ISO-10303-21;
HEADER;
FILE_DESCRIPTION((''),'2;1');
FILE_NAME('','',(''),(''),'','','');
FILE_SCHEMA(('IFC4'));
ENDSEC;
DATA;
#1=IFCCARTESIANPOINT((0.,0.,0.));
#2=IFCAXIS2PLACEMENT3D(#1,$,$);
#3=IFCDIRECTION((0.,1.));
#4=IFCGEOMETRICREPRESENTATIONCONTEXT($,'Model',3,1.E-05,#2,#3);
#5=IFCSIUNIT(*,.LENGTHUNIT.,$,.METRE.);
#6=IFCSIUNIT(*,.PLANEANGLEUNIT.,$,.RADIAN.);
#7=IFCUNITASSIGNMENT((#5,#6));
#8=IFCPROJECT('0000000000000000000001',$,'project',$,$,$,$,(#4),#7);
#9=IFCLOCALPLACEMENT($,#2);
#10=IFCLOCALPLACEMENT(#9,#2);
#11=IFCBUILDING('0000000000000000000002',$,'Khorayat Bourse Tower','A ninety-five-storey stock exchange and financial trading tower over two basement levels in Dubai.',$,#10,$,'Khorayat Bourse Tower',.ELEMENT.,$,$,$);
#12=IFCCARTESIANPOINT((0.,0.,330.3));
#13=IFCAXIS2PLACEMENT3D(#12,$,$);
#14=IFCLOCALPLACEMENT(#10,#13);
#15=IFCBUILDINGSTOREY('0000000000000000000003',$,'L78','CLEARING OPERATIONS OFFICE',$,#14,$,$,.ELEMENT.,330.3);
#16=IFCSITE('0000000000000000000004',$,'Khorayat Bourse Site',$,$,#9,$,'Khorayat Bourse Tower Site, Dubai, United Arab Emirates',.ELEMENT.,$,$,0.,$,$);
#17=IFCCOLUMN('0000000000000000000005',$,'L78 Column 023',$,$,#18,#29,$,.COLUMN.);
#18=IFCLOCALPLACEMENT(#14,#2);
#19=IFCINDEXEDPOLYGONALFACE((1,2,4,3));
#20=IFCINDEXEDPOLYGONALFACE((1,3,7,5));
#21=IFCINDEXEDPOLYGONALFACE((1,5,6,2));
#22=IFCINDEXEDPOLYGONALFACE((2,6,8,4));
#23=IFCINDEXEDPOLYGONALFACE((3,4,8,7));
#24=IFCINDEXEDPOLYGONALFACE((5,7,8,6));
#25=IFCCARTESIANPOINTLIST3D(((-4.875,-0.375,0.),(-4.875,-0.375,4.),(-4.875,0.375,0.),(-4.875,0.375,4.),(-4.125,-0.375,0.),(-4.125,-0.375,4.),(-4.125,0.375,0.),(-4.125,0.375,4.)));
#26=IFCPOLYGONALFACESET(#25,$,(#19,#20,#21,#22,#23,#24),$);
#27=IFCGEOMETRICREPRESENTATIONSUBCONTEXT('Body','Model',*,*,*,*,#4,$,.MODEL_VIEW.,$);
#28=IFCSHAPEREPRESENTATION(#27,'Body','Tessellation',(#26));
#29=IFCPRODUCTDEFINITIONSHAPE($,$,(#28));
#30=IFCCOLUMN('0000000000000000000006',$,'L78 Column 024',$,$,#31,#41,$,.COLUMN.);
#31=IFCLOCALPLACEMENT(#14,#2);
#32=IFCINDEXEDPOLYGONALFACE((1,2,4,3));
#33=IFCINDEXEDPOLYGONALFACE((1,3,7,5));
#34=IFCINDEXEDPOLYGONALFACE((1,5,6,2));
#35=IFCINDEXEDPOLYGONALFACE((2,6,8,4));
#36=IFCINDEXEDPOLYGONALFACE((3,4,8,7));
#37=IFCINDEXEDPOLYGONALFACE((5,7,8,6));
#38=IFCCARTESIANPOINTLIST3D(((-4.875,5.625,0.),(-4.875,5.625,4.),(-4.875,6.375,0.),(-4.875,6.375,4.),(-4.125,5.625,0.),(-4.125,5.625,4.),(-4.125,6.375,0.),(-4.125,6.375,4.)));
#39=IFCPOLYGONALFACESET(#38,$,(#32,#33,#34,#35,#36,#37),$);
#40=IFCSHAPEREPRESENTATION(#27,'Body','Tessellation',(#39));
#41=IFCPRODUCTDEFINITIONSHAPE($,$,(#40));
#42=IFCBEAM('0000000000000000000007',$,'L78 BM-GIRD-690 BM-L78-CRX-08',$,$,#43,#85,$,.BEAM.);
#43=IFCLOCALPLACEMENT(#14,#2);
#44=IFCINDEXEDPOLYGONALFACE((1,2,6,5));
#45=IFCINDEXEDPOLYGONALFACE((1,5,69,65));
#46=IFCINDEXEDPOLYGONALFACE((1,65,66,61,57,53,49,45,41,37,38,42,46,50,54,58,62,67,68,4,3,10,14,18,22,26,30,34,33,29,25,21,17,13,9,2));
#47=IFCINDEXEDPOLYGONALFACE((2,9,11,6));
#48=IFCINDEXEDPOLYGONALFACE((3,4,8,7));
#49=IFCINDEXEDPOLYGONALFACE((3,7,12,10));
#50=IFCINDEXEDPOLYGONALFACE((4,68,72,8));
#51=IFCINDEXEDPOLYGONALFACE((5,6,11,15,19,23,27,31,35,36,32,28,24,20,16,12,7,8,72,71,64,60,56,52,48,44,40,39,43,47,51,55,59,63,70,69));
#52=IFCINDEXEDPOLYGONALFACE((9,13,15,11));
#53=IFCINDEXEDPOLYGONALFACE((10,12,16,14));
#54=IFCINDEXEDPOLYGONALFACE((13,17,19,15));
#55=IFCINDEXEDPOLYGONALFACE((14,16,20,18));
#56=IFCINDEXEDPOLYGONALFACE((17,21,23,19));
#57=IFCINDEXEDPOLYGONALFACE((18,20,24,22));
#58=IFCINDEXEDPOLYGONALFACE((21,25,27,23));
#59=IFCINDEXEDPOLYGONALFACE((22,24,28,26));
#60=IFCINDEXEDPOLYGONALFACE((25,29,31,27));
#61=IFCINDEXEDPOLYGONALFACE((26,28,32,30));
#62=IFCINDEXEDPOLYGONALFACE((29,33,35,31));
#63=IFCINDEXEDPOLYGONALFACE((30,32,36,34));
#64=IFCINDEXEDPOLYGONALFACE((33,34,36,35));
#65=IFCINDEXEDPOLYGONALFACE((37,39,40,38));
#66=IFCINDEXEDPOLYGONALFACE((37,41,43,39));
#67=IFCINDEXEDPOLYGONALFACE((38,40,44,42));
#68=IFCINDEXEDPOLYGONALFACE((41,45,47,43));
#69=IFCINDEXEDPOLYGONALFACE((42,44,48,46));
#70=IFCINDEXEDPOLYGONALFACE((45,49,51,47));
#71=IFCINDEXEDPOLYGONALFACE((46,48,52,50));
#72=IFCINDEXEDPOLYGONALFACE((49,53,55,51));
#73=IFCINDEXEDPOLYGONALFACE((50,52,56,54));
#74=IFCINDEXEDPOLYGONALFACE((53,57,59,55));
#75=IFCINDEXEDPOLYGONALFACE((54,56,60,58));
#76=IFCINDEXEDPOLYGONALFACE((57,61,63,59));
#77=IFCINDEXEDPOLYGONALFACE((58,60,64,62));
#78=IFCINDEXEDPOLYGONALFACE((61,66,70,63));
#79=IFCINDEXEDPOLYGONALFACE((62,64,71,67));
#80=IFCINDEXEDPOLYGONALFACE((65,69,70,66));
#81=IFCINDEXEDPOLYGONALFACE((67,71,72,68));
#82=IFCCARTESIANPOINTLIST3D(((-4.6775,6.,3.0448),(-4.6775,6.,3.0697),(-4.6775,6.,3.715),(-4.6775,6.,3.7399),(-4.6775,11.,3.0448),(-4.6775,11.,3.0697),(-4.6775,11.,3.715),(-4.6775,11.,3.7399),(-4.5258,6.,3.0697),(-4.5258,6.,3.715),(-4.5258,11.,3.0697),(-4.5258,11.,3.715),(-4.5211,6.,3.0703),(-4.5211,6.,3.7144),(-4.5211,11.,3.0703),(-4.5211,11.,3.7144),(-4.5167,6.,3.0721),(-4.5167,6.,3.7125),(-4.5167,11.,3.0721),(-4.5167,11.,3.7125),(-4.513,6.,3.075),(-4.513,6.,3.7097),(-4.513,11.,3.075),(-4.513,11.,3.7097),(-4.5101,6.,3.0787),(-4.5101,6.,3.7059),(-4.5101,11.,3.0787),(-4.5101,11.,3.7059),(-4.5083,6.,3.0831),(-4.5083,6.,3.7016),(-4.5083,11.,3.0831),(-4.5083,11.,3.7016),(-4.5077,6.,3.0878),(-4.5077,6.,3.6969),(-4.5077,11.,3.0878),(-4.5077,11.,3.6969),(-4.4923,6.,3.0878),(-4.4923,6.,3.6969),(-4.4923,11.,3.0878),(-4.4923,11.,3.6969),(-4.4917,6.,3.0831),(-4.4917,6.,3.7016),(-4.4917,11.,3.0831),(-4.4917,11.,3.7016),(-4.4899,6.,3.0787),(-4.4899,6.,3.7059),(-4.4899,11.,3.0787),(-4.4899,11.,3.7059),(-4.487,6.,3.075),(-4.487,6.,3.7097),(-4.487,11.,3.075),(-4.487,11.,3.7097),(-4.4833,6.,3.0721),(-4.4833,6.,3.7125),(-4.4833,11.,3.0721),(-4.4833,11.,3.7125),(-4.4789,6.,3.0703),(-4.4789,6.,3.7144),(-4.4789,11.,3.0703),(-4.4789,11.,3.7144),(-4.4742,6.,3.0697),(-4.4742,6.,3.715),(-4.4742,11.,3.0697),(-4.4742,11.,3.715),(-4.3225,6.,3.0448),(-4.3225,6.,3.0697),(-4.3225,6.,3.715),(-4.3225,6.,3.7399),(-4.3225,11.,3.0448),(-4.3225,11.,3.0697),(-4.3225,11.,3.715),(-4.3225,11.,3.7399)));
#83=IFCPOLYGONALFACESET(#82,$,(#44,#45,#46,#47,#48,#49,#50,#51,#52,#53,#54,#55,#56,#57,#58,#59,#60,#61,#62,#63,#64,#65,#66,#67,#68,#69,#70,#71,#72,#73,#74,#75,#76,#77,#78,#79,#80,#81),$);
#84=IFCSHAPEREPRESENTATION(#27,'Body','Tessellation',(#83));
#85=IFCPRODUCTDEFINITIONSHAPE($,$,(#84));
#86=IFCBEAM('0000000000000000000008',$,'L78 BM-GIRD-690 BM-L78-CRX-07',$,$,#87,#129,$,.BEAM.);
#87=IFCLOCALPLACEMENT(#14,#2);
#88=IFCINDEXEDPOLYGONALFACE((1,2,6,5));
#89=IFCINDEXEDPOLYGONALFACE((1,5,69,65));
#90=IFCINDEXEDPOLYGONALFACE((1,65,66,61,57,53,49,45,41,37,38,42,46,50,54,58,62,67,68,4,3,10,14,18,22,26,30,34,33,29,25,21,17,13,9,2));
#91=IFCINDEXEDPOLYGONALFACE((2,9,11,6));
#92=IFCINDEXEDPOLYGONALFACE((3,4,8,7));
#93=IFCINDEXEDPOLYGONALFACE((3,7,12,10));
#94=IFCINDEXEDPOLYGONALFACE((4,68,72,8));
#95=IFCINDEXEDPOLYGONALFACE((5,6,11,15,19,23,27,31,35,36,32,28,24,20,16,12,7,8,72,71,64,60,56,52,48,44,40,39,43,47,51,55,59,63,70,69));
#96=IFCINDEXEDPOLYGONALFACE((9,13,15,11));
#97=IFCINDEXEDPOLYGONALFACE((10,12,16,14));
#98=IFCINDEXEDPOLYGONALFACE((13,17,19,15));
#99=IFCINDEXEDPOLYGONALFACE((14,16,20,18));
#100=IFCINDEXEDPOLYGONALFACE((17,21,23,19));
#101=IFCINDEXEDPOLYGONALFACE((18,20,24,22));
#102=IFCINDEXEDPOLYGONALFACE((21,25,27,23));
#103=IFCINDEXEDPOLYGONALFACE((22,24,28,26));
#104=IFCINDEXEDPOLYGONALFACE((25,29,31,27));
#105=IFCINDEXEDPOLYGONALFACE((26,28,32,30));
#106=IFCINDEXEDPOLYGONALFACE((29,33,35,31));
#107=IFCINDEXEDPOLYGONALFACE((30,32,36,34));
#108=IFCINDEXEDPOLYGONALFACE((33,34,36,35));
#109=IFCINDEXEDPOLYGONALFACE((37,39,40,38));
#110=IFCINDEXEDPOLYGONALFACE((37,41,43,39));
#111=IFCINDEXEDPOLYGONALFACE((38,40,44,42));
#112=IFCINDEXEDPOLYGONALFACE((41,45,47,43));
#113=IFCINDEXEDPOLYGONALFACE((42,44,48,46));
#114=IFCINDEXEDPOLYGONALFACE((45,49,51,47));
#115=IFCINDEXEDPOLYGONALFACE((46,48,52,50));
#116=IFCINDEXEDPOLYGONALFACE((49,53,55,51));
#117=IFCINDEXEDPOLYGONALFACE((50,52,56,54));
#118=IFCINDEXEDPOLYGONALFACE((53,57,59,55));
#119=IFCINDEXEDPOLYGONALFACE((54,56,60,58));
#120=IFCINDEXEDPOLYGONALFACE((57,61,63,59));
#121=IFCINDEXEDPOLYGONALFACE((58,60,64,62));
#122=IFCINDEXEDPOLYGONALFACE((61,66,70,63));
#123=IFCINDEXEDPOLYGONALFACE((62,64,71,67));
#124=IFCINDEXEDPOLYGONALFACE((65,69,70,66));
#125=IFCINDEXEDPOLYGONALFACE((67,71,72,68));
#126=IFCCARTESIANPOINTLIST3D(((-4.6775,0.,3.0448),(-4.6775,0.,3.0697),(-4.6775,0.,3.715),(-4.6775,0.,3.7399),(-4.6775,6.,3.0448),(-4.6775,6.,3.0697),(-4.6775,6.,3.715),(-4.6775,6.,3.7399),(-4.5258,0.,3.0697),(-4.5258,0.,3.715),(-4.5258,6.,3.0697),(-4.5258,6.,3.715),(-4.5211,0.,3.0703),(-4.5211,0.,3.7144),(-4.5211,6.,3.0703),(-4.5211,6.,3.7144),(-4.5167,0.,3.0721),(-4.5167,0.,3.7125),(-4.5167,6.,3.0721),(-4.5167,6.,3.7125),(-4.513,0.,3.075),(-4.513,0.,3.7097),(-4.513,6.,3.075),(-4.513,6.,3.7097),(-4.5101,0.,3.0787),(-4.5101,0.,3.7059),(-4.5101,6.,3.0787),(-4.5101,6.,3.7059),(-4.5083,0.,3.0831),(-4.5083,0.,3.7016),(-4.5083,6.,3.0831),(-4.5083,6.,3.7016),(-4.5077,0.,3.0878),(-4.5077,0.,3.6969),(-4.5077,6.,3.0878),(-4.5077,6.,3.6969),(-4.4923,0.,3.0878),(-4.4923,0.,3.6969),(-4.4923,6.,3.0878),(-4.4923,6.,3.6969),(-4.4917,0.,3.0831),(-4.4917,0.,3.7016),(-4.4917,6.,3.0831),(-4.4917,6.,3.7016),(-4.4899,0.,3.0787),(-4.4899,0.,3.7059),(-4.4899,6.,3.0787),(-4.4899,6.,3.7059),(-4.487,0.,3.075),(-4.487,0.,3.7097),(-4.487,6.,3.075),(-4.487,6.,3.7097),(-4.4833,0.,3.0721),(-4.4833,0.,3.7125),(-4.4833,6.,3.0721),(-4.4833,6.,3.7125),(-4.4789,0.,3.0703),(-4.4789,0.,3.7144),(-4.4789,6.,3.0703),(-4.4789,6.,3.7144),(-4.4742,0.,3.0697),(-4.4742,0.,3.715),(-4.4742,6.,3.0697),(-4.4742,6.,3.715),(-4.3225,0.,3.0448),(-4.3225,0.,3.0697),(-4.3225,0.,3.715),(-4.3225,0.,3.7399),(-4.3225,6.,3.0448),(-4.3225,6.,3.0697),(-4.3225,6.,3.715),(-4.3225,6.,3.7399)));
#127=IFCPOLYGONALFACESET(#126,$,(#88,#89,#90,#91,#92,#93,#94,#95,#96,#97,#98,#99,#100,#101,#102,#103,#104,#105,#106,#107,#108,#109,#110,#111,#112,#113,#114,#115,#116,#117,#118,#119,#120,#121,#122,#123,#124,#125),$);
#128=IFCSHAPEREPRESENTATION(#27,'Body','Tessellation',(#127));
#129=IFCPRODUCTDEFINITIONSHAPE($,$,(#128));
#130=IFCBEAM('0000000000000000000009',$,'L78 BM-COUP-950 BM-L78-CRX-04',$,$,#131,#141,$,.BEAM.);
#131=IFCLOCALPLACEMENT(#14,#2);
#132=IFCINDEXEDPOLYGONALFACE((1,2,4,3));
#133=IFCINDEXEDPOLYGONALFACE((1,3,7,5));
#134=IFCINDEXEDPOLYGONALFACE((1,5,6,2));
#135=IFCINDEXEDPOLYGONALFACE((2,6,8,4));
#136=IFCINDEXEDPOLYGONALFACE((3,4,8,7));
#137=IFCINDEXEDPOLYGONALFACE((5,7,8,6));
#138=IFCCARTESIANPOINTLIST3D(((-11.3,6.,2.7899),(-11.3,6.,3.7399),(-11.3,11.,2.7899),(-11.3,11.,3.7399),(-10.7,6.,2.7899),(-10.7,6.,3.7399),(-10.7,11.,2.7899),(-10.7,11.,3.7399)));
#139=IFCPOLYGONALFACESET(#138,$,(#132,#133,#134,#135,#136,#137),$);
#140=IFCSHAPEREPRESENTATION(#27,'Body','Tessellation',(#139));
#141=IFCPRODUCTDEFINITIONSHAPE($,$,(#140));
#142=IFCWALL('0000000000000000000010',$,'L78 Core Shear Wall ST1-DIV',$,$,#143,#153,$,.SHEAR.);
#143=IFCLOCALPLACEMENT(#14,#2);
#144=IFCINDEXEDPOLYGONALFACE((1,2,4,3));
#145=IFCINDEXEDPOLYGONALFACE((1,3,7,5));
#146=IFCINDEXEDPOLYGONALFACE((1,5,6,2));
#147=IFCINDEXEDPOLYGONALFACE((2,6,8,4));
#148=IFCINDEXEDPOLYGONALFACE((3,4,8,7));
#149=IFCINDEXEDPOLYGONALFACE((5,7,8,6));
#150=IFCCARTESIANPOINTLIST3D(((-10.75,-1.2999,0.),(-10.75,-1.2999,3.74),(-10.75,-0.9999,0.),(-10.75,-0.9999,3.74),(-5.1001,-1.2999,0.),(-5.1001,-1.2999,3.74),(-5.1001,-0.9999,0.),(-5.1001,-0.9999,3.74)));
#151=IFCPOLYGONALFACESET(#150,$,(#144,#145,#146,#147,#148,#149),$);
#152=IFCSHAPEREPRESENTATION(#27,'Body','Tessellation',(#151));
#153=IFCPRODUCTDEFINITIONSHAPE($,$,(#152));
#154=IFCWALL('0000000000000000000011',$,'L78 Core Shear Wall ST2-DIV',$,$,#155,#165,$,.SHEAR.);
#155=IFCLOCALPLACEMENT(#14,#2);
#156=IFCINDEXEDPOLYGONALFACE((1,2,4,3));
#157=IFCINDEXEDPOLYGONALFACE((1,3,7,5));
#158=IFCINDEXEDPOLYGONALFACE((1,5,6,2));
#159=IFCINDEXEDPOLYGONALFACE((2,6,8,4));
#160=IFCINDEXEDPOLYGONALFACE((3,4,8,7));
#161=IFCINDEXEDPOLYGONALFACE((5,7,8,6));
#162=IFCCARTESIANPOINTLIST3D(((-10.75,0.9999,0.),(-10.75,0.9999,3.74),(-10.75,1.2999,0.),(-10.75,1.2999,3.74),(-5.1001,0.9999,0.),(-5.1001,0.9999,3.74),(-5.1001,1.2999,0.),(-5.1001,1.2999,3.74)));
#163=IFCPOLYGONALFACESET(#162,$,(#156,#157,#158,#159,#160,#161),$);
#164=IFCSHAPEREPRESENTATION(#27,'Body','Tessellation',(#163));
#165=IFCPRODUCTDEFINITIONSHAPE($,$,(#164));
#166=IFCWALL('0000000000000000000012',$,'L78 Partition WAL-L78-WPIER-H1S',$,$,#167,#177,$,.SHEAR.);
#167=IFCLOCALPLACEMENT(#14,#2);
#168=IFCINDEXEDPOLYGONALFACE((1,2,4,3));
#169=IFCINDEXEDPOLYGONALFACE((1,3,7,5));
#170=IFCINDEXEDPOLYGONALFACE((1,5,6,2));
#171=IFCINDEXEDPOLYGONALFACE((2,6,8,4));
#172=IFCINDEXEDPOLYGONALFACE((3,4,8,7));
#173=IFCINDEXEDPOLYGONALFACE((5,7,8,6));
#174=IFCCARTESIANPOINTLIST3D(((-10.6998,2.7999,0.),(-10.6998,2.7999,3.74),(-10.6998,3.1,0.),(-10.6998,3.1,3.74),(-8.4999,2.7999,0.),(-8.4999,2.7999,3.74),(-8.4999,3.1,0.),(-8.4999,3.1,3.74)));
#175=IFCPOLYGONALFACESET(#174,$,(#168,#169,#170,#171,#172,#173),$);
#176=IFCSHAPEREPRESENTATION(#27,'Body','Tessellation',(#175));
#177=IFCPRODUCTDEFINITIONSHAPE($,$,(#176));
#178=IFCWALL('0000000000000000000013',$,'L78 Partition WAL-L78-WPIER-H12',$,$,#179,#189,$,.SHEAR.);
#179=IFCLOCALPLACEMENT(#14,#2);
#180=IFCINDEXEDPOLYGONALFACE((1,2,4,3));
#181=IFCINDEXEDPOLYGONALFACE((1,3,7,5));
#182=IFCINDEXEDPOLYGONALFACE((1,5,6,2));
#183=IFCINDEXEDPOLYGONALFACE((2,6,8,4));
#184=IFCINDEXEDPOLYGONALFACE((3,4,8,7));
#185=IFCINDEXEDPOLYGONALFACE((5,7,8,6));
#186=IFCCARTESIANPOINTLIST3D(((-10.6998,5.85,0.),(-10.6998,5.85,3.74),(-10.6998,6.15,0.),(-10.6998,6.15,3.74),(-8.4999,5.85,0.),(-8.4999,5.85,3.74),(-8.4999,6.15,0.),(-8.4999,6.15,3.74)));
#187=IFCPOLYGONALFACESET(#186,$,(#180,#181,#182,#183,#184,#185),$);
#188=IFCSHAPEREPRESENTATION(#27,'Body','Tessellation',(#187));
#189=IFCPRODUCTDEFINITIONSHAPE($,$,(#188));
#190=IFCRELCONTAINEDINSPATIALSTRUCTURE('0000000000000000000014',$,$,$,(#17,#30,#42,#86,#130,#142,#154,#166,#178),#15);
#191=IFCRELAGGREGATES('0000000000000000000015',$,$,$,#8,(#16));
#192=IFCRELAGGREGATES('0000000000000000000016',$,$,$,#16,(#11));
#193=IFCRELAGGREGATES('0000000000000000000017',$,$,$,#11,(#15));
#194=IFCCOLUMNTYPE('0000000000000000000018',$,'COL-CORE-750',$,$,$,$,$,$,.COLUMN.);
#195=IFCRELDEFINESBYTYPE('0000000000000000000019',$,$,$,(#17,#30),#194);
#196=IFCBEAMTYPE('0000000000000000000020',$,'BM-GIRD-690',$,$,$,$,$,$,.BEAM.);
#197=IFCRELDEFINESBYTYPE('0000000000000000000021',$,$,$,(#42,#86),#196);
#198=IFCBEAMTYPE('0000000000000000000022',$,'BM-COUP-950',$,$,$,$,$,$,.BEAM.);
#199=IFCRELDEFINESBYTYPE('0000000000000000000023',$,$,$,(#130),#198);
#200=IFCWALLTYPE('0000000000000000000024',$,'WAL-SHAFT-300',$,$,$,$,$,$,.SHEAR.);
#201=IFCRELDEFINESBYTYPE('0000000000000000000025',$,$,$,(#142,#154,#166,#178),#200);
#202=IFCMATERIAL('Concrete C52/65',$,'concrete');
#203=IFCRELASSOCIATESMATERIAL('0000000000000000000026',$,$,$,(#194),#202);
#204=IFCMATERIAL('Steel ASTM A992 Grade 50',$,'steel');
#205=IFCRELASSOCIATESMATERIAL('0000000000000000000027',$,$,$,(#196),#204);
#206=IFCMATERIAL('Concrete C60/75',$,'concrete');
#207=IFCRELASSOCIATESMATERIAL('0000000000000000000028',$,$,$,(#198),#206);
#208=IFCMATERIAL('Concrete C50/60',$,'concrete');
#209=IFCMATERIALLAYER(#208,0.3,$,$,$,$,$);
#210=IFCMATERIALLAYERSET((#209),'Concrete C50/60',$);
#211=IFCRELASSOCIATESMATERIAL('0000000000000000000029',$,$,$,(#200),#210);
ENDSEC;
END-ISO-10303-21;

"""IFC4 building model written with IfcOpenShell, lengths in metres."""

from ifc_helpers import new_model, si_unit, direction, frame, frame_2d, origin, origin_2d, place, context, subcontext, project, spatial, rectangle, i_section, extrude, source, transform, mapped, material, layer, layer_set, material_profile, profile_set, type_object, element, save


model = new_model("IFC4")

# Units and contexts
model_context = context("Model", 3, precision=1e-05, world=origin(), true_north=direction((0.0, 1.0)))
body_context = subcontext(model_context, "Body", "Model", "MODEL_VIEW")
ifc_project = project(units=[si_unit("LENGTHUNIT", "METRE"), si_unit("PLANEANGLEUNIT", "RADIAN")], contexts=[model_context])

# Site, building, storey
site_placement = place(None, origin())
site = spatial("IfcSite", under=ifc_project, at=site_placement, Name="Khorayat Bourse Site", LongName="Khorayat Bourse Tower Site, Dubai, United Arab Emirates", CompositionType="ELEMENT", RefElevation=0.0)
building_placement = place(site_placement, origin())
building = spatial("IfcBuilding", under=site, at=building_placement, Name="Khorayat Bourse Tower", Description="A ninety-five-storey stock exchange and financial trading tower over two basement levels in Dubai.", LongName="Khorayat Bourse Tower", CompositionType="ELEMENT")
storey_placement = place(building_placement, frame((0.0, 0.0, 330.3)))
storey = spatial("IfcBuildingStorey", under=building, at=storey_placement, Name="L78", Description="CLEARING OPERATIONS OFFICE", CompositionType="ELEMENT", Elevation=330.3)

# Columns
ifc_material_1 = material(Name="Concrete C52/65", Category="concrete")
ifc_material_profile_1 = material_profile(ifc_material_1, rectangle(XDim=0.75, YDim=0.75, at=origin_2d()), Name="RC 750x750")
ifc_profile_set_1 = profile_set([ifc_material_profile_1], Name="Concrete C52/65")
column_type = type_object("IfcColumnType", Name="COL-CORE-750", PredefinedType="COLUMN", material=ifc_profile_set_1)
shared_shape_1 = source(origin(), body_context, "Body", "SweptSolid", [
    extrude(rectangle(XDim=0.75, YDim=0.75, at=origin_2d()), origin(), (0.0, 0.0, 1.0), 4.0),
])
for number, where, z_axis, x_axis, name in (
    (1, (-4.5, 0.0, 0.0), (0.0, 0.0, 1.0), (1.0, 0.0, 0.0), "L78 Column 023"),
    (2, (-4.5, 6.0, 0.0), (0.0, 0.0, 1.0), (1.0, 0.0, 0.0), "L78 Column 024"),
):
    element("IfcColumn", number, at=place(storey_placement, frame(where, z_axis=z_axis, x_axis=x_axis)), inside=storey, type_object=column_type, Name=name, PredefinedType="COLUMN", context=body_context, shape_type="MappedRepresentation", body=[
        mapped(shared_shape_1, transform((0.0, 0.0, 0.0), scale=1.0)),
    ])

# Beams
ifc_material_2 = material(Name="Steel ASTM A992 Grade 50", Category="steel")
ifc_material_profile_2 = material_profile(ifc_material_2, i_section(OverallWidth=0.355, OverallDepth=0.6951, WebThickness=0.0154, FlangeThickness=0.0249, FilletRadius=0.0181, at=origin_2d()), Name="W690X217")
ifc_profile_set_2 = profile_set([ifc_material_profile_2], Name="Steel ASTM A992 Grade 50")
beam_type_1 = type_object("IfcBeamType", Name="BM-GIRD-690", PredefinedType="BEAM", material=ifc_profile_set_2)
shared_shape_2 = source(origin(), body_context, "Body", "SweptSolid", [
    extrude(i_section(OverallWidth=0.355, OverallDepth=0.6951, WebThickness=0.0154, FlangeThickness=0.0249, FilletRadius=0.0181, at=origin_2d()), origin(), (0.0, 0.0, 1.0), 5.0),
])
beam_1_placement = place(storey_placement, frame((-4.5, 6.0, 3.3923), z_axis=(0.0, 1.0, 0.0), x_axis=(-1.0, 0.0, 0.0)))
element("IfcBeam", 3, at=beam_1_placement, inside=storey, type_object=beam_type_1, Name="L78 BM-GIRD-690 BM-L78-CRX-08", PredefinedType="BEAM", context=body_context, shape_type="MappedRepresentation", body=[
    mapped(shared_shape_2, transform((0.0, 0.0, 0.0), scale=1.0)),
])
shared_shape_3 = source(origin(), body_context, "Body", "SweptSolid", [
    extrude(i_section(OverallWidth=0.355, OverallDepth=0.6951, WebThickness=0.0154, FlangeThickness=0.0249, FilletRadius=0.0181, at=origin_2d()), origin(), (0.0, 0.0, 1.0), 6.0),
])
beam_2_placement = place(storey_placement, frame((-4.5, 0.0, 3.3923), z_axis=(0.0, 1.0, 0.0), x_axis=(-1.0, 0.0, 0.0)))
element("IfcBeam", 4, at=beam_2_placement, inside=storey, type_object=beam_type_1, Name="L78 BM-GIRD-690 BM-L78-CRX-07", PredefinedType="BEAM", context=body_context, shape_type="MappedRepresentation", body=[
    mapped(shared_shape_3, transform((0.0, 0.0, 0.0), scale=1.0)),
])
ifc_material_3 = material(Name="Concrete C60/75", Category="concrete")
ifc_material_profile_3 = material_profile(ifc_material_3, rectangle(XDim=0.6001, YDim=0.95, at=origin_2d()), Name="RC 600x950")
ifc_profile_set_3 = profile_set([ifc_material_profile_3], Name="Concrete C60/75")
beam_type_2 = type_object("IfcBeamType", Name="BM-COUP-950", PredefinedType="BEAM", material=ifc_profile_set_3)
shared_shape_4 = source(origin(), body_context, "Body", "SweptSolid", [
    extrude(rectangle(XDim=0.6001, YDim=0.95, at=origin_2d()), origin(), (0.0, 0.0, 1.0), 5.0),
])
beam_3_placement = place(storey_placement, frame((-11.0, 6.0, 3.2649), z_axis=(0.0, 1.0, 0.0), x_axis=(-1.0, 0.0, 0.0)))
element("IfcBeam", 5, at=beam_3_placement, inside=storey, type_object=beam_type_2, Name="L78 BM-COUP-950 BM-L78-CRX-04", PredefinedType="BEAM", context=body_context, shape_type="MappedRepresentation", body=[
    mapped(shared_shape_4, transform((0.0, 0.0, 0.0), scale=1.0)),
])

# Walls
ifc_material_4 = material(Name="Concrete C50/60", Category="concrete")
ifc_layer_1 = layer(ifc_material_4, 0.3)
ifc_layer_set_1 = layer_set([ifc_layer_1], Name="Concrete C50/60")
wall_type_1 = type_object("IfcWallType", Name="WAL-SHAFT-300", PredefinedType="SHEAR", material=ifc_layer_set_1)
shared_shape_5 = source(origin(), body_context, "Body", "SweptSolid", [
    extrude(rectangle(XDim=5.6499, YDim=0.3, at=frame_2d((2.825, 0.0))), origin(), (0.0, 0.0, 1.0), 3.74),
])
for number, where, z_axis, x_axis, name in (
    (6, (-10.75, -1.1499, 0.0), (0.0, 0.0, 1.0), (1.0, 0.0, 0.0), "L78 Core Shear Wall ST1-DIV"),
    (7, (-10.75, 1.1499, 0.0), (0.0, 0.0, 1.0), (1.0, 0.0, 0.0), "L78 Core Shear Wall ST2-DIV"),
):
    element("IfcWall", number, at=place(storey_placement, frame(where, z_axis=z_axis, x_axis=x_axis)), inside=storey, type_object=wall_type_1, Name=name, PredefinedType="SHEAR", context=body_context, shape_type="MappedRepresentation", body=[
        mapped(shared_shape_5, transform((0.0, 0.0, 0.0), scale=1.0)),
    ])
shared_shape_6 = source(origin(), body_context, "Body", "SweptSolid", [
    extrude(rectangle(XDim=2.2, YDim=0.3, at=frame_2d((1.1001, 0.0))), origin(), (0.0, 0.0, 1.0), 3.74),
])
for number, where, z_axis, x_axis, name in (
    (8, (-10.7, 2.95, 0.0), (0.0, 0.0, 1.0), (1.0, 0.0, 0.0), "L78 Partition WAL-L78-WPIER-H1S"),
    (9, (-10.7, 6.0, 0.0), (0.0, 0.0, 1.0), (1.0, 0.0, 0.0), "L78 Partition WAL-L78-WPIER-H12"),
):
    element("IfcWall", number, at=place(storey_placement, frame(where, z_axis=z_axis, x_axis=x_axis)), inside=storey, type_object=wall_type_1, Name=name, PredefinedType="SHEAR", context=body_context, shape_type="MappedRepresentation", body=[
        mapped(shared_shape_6, transform((0.0, 0.0, 0.0), scale=1.0)),
    ])

save(model, "model.ifc")
